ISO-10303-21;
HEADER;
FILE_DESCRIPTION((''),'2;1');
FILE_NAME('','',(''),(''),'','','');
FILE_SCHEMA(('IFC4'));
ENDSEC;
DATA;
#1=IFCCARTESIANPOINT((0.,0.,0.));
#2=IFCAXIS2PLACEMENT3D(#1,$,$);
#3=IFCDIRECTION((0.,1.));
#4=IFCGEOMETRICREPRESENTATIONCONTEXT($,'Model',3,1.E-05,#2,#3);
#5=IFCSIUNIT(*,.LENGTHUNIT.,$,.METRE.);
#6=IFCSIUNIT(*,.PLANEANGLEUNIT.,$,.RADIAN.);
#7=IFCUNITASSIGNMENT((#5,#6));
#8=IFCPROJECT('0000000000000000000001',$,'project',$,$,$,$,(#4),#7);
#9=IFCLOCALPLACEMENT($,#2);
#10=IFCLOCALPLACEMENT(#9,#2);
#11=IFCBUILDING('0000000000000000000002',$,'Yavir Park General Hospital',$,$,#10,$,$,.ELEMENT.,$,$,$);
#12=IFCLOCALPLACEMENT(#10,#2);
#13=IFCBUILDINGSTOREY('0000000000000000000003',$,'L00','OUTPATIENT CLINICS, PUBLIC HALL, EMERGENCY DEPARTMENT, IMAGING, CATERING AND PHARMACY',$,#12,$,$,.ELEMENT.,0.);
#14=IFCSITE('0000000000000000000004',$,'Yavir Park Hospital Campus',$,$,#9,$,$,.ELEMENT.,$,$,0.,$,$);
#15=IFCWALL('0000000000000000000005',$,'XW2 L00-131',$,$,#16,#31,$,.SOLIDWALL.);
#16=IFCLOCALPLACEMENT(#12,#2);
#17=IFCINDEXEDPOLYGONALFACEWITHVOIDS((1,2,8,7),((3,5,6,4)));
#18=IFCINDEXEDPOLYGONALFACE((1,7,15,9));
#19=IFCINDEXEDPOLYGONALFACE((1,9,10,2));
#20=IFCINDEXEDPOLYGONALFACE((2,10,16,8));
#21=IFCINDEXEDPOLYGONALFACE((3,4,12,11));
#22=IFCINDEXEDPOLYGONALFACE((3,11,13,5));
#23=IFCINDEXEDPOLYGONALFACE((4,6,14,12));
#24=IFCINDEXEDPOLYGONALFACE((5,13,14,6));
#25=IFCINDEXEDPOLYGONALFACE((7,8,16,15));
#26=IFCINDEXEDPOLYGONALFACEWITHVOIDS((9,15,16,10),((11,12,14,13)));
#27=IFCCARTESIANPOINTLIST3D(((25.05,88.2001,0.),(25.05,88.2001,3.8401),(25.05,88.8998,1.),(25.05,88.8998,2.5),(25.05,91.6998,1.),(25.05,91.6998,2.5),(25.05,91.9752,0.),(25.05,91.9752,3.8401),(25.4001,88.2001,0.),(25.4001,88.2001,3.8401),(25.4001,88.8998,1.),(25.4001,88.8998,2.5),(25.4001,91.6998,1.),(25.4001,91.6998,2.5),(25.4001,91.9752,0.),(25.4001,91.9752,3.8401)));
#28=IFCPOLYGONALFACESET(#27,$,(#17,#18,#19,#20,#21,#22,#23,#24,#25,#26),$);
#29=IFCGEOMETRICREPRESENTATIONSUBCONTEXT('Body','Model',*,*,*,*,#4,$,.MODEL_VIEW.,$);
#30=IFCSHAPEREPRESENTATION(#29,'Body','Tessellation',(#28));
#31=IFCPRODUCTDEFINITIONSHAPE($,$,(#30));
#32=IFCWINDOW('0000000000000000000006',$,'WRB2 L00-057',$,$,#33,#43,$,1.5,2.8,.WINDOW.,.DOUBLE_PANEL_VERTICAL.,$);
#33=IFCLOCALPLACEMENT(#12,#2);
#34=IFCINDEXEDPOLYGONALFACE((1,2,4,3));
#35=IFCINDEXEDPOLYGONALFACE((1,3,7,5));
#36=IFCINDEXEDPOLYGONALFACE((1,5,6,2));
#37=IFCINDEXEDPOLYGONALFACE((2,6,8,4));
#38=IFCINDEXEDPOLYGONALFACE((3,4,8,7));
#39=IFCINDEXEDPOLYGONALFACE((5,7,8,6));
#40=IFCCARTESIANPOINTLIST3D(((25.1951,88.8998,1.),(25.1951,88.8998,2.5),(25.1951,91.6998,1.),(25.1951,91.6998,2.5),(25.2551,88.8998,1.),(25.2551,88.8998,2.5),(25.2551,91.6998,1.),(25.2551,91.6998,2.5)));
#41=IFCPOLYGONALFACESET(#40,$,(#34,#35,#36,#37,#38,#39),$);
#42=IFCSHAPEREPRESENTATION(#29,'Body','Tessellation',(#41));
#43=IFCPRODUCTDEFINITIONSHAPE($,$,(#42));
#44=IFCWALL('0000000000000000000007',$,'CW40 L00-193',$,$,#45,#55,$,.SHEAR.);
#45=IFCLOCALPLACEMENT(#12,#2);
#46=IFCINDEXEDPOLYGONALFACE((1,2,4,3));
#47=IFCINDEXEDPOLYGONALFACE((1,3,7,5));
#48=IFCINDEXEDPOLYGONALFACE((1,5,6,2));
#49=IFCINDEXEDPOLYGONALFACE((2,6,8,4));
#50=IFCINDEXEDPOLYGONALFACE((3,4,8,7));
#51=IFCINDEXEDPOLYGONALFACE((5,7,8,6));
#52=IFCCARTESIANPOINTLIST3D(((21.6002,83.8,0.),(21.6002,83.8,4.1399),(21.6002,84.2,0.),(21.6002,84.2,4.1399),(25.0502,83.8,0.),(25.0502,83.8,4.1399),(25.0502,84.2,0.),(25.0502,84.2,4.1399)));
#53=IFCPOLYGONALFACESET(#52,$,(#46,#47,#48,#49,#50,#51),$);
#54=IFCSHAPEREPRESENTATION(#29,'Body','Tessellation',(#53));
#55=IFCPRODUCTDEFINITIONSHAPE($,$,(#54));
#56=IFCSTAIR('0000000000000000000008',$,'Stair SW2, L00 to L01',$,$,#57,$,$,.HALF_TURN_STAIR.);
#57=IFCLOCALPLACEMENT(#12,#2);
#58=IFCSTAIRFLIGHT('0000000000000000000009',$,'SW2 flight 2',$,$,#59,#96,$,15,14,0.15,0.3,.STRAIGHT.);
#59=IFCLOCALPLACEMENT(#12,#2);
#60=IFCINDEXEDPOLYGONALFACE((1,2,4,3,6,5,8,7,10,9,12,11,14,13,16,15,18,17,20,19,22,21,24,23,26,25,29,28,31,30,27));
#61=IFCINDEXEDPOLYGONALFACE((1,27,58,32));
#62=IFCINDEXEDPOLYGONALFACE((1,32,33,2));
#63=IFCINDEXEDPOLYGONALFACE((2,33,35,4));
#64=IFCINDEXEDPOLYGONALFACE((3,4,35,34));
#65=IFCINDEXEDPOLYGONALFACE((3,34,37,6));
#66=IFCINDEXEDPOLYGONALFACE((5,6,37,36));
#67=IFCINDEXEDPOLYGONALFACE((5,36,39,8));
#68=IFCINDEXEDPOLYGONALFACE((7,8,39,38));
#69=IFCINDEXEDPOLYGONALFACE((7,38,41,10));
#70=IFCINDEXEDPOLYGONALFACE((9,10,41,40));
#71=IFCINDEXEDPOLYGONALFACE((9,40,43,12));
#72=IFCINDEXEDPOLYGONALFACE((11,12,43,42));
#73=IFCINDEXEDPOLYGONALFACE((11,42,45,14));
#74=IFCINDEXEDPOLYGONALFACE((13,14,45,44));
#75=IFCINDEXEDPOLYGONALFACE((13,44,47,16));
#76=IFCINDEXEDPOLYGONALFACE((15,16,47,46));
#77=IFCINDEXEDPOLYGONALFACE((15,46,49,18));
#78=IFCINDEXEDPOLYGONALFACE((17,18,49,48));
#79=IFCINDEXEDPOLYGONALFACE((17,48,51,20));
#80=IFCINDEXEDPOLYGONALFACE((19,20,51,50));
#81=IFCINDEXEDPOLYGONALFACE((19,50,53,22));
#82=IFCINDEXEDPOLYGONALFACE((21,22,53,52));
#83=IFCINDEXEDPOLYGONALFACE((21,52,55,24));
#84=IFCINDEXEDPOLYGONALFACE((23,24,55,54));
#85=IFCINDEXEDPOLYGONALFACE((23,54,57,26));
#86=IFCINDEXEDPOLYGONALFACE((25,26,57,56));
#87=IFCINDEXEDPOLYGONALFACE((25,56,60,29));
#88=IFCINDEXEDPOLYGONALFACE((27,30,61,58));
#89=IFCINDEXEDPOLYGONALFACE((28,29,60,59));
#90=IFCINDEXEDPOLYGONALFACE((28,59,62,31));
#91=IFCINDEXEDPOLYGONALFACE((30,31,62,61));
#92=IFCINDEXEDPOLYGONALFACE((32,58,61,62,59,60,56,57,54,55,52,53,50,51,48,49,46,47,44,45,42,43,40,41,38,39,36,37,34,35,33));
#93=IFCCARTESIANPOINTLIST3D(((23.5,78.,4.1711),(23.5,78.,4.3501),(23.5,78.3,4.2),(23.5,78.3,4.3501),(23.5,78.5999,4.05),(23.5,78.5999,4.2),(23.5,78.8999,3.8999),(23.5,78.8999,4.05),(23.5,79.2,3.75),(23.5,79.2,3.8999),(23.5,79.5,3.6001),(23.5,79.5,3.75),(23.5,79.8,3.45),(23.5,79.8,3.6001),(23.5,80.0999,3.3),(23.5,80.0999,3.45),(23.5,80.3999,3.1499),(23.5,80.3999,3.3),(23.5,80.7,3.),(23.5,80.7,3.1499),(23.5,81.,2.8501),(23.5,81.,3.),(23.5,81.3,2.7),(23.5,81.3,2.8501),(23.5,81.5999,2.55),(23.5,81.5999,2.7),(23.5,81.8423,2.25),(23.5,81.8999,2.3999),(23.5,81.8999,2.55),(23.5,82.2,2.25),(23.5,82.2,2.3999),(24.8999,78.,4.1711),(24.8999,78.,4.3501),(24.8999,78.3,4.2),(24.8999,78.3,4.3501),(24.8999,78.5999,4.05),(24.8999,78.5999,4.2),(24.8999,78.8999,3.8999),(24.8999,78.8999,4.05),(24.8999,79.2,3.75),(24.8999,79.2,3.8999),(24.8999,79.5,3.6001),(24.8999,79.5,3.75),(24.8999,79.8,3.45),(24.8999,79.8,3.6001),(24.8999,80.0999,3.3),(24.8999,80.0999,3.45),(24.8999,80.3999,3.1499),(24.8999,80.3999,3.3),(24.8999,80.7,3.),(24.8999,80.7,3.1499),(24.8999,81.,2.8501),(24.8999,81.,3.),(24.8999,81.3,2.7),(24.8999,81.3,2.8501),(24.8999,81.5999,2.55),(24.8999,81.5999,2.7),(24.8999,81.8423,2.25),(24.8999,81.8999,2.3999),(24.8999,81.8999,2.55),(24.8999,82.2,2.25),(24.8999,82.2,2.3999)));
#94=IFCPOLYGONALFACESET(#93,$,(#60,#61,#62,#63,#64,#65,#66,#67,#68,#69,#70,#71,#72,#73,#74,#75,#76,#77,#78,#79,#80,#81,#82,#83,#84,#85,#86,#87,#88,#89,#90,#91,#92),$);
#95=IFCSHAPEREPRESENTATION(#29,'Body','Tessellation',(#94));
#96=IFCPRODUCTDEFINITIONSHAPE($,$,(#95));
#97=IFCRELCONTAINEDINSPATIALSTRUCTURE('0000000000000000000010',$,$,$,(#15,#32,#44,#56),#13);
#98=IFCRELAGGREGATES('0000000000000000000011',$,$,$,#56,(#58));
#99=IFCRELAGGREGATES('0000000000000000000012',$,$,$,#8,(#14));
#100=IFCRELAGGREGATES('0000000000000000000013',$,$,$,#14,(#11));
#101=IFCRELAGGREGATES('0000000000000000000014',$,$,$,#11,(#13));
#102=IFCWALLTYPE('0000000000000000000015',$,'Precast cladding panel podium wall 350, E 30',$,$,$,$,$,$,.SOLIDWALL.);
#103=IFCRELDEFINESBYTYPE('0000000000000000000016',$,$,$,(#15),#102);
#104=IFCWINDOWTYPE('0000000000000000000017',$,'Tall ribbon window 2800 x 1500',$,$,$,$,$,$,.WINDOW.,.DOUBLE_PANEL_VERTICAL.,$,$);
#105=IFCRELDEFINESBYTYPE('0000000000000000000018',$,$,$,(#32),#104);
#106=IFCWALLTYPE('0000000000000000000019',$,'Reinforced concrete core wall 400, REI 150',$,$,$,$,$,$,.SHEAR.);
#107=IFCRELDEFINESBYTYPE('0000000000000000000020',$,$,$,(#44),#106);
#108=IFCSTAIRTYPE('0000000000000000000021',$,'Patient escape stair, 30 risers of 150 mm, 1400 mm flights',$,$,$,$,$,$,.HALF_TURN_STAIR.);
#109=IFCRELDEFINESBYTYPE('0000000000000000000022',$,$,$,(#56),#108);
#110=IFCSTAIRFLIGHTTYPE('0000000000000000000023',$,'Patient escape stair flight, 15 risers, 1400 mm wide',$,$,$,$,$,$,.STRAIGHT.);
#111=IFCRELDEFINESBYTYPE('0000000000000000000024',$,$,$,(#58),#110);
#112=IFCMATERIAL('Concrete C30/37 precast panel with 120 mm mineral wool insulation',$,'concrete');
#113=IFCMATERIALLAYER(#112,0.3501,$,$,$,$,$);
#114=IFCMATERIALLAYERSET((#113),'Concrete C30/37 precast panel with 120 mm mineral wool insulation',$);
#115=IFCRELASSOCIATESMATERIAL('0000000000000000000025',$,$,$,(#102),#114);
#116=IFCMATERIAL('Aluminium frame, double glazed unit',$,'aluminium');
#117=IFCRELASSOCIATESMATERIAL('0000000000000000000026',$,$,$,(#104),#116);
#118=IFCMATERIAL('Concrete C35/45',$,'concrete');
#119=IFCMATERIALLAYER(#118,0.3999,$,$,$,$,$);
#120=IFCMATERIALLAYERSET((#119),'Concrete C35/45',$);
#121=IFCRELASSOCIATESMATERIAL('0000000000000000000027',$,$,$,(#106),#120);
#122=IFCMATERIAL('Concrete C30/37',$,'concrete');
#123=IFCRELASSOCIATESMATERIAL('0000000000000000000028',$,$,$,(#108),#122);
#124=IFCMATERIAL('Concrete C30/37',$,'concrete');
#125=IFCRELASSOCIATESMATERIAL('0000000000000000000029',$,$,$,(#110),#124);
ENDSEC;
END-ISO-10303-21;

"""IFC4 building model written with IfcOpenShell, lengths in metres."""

from ifc_helpers import new_model, si_unit, direction, frame, frame_2d, origin, place, context, subcontext, project, spatial, polyline, rectangle, outline, extrude, material, layer, layer_set, type_object, element, fill, aggregate, save


model = new_model("IFC4")

# Units and contexts
model_context = context("Model", 3, precision=1e-05, world=origin(), true_north=direction((0.0, 1.0)))
body_context = subcontext(model_context, "Body", "Model", "MODEL_VIEW")
ifc_project = project(units=[si_unit("LENGTHUNIT", "METRE"), si_unit("PLANEANGLEUNIT", "RADIAN")], contexts=[model_context])

# Site, building, storey
site_placement = place(None, origin())
site = spatial("IfcSite", under=ifc_project, at=site_placement, Name="Yavir Park Hospital Campus", CompositionType="ELEMENT", RefElevation=0.0)
building_placement = place(site_placement, origin())
building = spatial("IfcBuilding", under=site, at=building_placement, Name="Yavir Park General Hospital", CompositionType="ELEMENT")
storey_placement = place(building_placement, origin())
storey = spatial("IfcBuildingStorey", under=building, at=storey_placement, Name="L00", Description="OUTPATIENT CLINICS, PUBLIC HALL, EMERGENCY DEPARTMENT, IMAGING, CATERING AND PHARMACY", CompositionType="ELEMENT", Elevation=0.0)

# Wall, opening, window
ifc_material_1 = material(Name="Concrete C30/37 precast panel with 120 mm mineral wool insulation", Category="concrete")
ifc_layer_1 = layer(ifc_material_1, 0.3501)
ifc_layer_set_1 = layer_set([ifc_layer_1], Name="Concrete C30/37 precast panel with 120 mm mineral wool insulation")
wall_type_1 = type_object("IfcWallType", Name="Precast cladding panel podium wall 350, E 30", PredefinedType="SOLIDWALL", material=ifc_layer_set_1)
ifc_material_2 = material(Name="Aluminium frame, double glazed unit", Category="aluminium")
window_type = type_object("IfcWindowType", Name="Tall ribbon window 2800 x 1500", PartitioningType="DOUBLE_PANEL_VERTICAL", PredefinedType="WINDOW", material=ifc_material_2)
wall_1_placement = place(storey_placement, frame((25.2251, 88.2, 0.0), z_axis=(0.0, 0.0, 1.0), x_axis=(0.0, 1.0, 0.0)))
wall_1 = element("IfcWall", 1, at=wall_1_placement, inside=storey, type_object=wall_type_1, Name="XW2 L00-131", PredefinedType="SOLIDWALL", context=body_context, shape_type="SweptSolid", body=[
    extrude(rectangle(XDim=3.7751, YDim=0.3501, at=frame_2d((1.8877, 0.0))), origin(), (0.0, 0.0, 1.0), 3.8401),
])
opening_1_placement = place(wall_1_placement, frame((0.7, 0.0, 1.0)))
opening_1 = element("IfcOpeningElement", 2, at=opening_1_placement, cuts=wall_1, PredefinedType="OPENING", context=body_context, shape_type="SweptSolid", body=[
    extrude(rectangle(XDim=2.8, YDim=1.5, at=frame_2d((1.3999, 0.75))), frame((0.0, 0.1851, 0.0), z_axis=(0.0, -1.0, 0.0), x_axis=(1.0, 0.0, 0.0)), (0.0, 0.0, 1.0), 0.3701),
])
window_1_placement = place(opening_1_placement, origin())
window_1 = element("IfcWindow", 3, at=window_1_placement, inside=storey, type_object=window_type, Name="WRB2 L00-057", OverallHeight=1.5, OverallWidth=2.8, PartitioningType="DOUBLE_PANEL_VERTICAL", PredefinedType="WINDOW", context=body_context, shape_type="SweptSolid", body=[
    extrude(rectangle(XDim=2.8, YDim=1.5, at=frame_2d((1.3999, 0.75))), frame((0.0, 0.03, 0.0), z_axis=(0.0, -1.0, 0.0), x_axis=(1.0, 0.0, 0.0)), (0.0, 0.0, 1.0), 0.0601),
])
fill(opening_1, window_1)

# Wall
ifc_material_3 = material(Name="Concrete C35/45", Category="concrete")
ifc_layer_2 = layer(ifc_material_3, 0.3999)
ifc_layer_set_2 = layer_set([ifc_layer_2], Name="Concrete C35/45")
wall_type_2 = type_object("IfcWallType", Name="Reinforced concrete core wall 400, REI 150", PredefinedType="SHEAR", material=ifc_layer_set_2)
wall_2_placement = place(storey_placement, frame((21.6001, 84.0, 0.0), z_axis=(0.0, 0.0, 1.0), x_axis=(1.0, 0.0, 0.0)))
element("IfcWall", 4, at=wall_2_placement, inside=storey, type_object=wall_type_2, Name="CW40 L00-193", PredefinedType="SHEAR", context=body_context, shape_type="SweptSolid", body=[
    extrude(rectangle(XDim=3.45, YDim=0.3999, at=frame_2d((1.7251, 0.0))), origin(), (0.0, 0.0, 1.0), 4.1399),
])

# Stair, stair flight
ifc_material_4 = material(Name="Concrete C30/37", Category="concrete")
stair_type = type_object("IfcStairType", Name="Patient escape stair, 30 risers of 150 mm, 1400 mm flights", PredefinedType="HALF_TURN_STAIR", material=ifc_material_4)
stair_placement = place(storey_placement, origin())
stair = element("IfcStair", 5, at=stair_placement, inside=storey, type_object=stair_type, Name="Stair SW2, L00 to L01", PredefinedType="HALF_TURN_STAIR")
ifc_material_5 = material(Name="Concrete C30/37", Category="concrete")
stair_flight_type = type_object("IfcStairFlightType", Name="Patient escape stair flight, 15 risers, 1400 mm wide", PredefinedType="STRAIGHT", material=ifc_material_5)
stair_flight_placement = place(storey_placement, frame((24.2, 82.2, 2.25), z_axis=(0.0, 0.0, 1.0), x_axis=(0.0, -1.0, 0.0)))
stair_flight = element("IfcStairFlight", 6, at=stair_flight_placement, type_object=stair_flight_type, Name="SW2 flight 2", NumberOfRisers=15, NumberOfTreads=14, PredefinedType="STRAIGHT", RiserHeight=0.15, TreadLength=0.3, context=body_context, shape_type="SweptSolid", body=[
    extrude(outline(polyline([(0.0, 0.0), (0.0, 0.1499), (0.3, 0.1499), (0.3, 0.3), (0.6001, 0.3), (0.6001, 0.45), (0.8999, 0.45), (0.8999, 0.6001), (1.2, 0.6001), (1.2, 0.75), (1.5, 0.75), (1.5, 0.8999), (1.8, 0.8999), (1.8, 1.05), (2.1001, 1.05), (2.1001, 1.2), (2.3999, 1.2), (2.3999, 1.3501), (2.7, 1.3501), (2.7, 1.5), (3.0, 1.5), (3.0, 1.6499), (3.3, 1.6499), (3.3, 1.8), (3.6001, 1.8), (3.6001, 1.95), (3.8999, 1.95), (3.8999, 2.1001), (4.2, 2.1001), (4.2, 2.25), (4.2, 1.9211), (0.3577, 0.0), (0.0, 0.0)])), frame((0.0, 0.7, 0.0), z_axis=(0.0, -1.0, 0.0), x_axis=(1.0, 0.0, 0.0)), (0.0, 0.0, 1.0), 1.3999),
])
aggregate(stair, [stair_flight])

save(model, "model.ifc")
